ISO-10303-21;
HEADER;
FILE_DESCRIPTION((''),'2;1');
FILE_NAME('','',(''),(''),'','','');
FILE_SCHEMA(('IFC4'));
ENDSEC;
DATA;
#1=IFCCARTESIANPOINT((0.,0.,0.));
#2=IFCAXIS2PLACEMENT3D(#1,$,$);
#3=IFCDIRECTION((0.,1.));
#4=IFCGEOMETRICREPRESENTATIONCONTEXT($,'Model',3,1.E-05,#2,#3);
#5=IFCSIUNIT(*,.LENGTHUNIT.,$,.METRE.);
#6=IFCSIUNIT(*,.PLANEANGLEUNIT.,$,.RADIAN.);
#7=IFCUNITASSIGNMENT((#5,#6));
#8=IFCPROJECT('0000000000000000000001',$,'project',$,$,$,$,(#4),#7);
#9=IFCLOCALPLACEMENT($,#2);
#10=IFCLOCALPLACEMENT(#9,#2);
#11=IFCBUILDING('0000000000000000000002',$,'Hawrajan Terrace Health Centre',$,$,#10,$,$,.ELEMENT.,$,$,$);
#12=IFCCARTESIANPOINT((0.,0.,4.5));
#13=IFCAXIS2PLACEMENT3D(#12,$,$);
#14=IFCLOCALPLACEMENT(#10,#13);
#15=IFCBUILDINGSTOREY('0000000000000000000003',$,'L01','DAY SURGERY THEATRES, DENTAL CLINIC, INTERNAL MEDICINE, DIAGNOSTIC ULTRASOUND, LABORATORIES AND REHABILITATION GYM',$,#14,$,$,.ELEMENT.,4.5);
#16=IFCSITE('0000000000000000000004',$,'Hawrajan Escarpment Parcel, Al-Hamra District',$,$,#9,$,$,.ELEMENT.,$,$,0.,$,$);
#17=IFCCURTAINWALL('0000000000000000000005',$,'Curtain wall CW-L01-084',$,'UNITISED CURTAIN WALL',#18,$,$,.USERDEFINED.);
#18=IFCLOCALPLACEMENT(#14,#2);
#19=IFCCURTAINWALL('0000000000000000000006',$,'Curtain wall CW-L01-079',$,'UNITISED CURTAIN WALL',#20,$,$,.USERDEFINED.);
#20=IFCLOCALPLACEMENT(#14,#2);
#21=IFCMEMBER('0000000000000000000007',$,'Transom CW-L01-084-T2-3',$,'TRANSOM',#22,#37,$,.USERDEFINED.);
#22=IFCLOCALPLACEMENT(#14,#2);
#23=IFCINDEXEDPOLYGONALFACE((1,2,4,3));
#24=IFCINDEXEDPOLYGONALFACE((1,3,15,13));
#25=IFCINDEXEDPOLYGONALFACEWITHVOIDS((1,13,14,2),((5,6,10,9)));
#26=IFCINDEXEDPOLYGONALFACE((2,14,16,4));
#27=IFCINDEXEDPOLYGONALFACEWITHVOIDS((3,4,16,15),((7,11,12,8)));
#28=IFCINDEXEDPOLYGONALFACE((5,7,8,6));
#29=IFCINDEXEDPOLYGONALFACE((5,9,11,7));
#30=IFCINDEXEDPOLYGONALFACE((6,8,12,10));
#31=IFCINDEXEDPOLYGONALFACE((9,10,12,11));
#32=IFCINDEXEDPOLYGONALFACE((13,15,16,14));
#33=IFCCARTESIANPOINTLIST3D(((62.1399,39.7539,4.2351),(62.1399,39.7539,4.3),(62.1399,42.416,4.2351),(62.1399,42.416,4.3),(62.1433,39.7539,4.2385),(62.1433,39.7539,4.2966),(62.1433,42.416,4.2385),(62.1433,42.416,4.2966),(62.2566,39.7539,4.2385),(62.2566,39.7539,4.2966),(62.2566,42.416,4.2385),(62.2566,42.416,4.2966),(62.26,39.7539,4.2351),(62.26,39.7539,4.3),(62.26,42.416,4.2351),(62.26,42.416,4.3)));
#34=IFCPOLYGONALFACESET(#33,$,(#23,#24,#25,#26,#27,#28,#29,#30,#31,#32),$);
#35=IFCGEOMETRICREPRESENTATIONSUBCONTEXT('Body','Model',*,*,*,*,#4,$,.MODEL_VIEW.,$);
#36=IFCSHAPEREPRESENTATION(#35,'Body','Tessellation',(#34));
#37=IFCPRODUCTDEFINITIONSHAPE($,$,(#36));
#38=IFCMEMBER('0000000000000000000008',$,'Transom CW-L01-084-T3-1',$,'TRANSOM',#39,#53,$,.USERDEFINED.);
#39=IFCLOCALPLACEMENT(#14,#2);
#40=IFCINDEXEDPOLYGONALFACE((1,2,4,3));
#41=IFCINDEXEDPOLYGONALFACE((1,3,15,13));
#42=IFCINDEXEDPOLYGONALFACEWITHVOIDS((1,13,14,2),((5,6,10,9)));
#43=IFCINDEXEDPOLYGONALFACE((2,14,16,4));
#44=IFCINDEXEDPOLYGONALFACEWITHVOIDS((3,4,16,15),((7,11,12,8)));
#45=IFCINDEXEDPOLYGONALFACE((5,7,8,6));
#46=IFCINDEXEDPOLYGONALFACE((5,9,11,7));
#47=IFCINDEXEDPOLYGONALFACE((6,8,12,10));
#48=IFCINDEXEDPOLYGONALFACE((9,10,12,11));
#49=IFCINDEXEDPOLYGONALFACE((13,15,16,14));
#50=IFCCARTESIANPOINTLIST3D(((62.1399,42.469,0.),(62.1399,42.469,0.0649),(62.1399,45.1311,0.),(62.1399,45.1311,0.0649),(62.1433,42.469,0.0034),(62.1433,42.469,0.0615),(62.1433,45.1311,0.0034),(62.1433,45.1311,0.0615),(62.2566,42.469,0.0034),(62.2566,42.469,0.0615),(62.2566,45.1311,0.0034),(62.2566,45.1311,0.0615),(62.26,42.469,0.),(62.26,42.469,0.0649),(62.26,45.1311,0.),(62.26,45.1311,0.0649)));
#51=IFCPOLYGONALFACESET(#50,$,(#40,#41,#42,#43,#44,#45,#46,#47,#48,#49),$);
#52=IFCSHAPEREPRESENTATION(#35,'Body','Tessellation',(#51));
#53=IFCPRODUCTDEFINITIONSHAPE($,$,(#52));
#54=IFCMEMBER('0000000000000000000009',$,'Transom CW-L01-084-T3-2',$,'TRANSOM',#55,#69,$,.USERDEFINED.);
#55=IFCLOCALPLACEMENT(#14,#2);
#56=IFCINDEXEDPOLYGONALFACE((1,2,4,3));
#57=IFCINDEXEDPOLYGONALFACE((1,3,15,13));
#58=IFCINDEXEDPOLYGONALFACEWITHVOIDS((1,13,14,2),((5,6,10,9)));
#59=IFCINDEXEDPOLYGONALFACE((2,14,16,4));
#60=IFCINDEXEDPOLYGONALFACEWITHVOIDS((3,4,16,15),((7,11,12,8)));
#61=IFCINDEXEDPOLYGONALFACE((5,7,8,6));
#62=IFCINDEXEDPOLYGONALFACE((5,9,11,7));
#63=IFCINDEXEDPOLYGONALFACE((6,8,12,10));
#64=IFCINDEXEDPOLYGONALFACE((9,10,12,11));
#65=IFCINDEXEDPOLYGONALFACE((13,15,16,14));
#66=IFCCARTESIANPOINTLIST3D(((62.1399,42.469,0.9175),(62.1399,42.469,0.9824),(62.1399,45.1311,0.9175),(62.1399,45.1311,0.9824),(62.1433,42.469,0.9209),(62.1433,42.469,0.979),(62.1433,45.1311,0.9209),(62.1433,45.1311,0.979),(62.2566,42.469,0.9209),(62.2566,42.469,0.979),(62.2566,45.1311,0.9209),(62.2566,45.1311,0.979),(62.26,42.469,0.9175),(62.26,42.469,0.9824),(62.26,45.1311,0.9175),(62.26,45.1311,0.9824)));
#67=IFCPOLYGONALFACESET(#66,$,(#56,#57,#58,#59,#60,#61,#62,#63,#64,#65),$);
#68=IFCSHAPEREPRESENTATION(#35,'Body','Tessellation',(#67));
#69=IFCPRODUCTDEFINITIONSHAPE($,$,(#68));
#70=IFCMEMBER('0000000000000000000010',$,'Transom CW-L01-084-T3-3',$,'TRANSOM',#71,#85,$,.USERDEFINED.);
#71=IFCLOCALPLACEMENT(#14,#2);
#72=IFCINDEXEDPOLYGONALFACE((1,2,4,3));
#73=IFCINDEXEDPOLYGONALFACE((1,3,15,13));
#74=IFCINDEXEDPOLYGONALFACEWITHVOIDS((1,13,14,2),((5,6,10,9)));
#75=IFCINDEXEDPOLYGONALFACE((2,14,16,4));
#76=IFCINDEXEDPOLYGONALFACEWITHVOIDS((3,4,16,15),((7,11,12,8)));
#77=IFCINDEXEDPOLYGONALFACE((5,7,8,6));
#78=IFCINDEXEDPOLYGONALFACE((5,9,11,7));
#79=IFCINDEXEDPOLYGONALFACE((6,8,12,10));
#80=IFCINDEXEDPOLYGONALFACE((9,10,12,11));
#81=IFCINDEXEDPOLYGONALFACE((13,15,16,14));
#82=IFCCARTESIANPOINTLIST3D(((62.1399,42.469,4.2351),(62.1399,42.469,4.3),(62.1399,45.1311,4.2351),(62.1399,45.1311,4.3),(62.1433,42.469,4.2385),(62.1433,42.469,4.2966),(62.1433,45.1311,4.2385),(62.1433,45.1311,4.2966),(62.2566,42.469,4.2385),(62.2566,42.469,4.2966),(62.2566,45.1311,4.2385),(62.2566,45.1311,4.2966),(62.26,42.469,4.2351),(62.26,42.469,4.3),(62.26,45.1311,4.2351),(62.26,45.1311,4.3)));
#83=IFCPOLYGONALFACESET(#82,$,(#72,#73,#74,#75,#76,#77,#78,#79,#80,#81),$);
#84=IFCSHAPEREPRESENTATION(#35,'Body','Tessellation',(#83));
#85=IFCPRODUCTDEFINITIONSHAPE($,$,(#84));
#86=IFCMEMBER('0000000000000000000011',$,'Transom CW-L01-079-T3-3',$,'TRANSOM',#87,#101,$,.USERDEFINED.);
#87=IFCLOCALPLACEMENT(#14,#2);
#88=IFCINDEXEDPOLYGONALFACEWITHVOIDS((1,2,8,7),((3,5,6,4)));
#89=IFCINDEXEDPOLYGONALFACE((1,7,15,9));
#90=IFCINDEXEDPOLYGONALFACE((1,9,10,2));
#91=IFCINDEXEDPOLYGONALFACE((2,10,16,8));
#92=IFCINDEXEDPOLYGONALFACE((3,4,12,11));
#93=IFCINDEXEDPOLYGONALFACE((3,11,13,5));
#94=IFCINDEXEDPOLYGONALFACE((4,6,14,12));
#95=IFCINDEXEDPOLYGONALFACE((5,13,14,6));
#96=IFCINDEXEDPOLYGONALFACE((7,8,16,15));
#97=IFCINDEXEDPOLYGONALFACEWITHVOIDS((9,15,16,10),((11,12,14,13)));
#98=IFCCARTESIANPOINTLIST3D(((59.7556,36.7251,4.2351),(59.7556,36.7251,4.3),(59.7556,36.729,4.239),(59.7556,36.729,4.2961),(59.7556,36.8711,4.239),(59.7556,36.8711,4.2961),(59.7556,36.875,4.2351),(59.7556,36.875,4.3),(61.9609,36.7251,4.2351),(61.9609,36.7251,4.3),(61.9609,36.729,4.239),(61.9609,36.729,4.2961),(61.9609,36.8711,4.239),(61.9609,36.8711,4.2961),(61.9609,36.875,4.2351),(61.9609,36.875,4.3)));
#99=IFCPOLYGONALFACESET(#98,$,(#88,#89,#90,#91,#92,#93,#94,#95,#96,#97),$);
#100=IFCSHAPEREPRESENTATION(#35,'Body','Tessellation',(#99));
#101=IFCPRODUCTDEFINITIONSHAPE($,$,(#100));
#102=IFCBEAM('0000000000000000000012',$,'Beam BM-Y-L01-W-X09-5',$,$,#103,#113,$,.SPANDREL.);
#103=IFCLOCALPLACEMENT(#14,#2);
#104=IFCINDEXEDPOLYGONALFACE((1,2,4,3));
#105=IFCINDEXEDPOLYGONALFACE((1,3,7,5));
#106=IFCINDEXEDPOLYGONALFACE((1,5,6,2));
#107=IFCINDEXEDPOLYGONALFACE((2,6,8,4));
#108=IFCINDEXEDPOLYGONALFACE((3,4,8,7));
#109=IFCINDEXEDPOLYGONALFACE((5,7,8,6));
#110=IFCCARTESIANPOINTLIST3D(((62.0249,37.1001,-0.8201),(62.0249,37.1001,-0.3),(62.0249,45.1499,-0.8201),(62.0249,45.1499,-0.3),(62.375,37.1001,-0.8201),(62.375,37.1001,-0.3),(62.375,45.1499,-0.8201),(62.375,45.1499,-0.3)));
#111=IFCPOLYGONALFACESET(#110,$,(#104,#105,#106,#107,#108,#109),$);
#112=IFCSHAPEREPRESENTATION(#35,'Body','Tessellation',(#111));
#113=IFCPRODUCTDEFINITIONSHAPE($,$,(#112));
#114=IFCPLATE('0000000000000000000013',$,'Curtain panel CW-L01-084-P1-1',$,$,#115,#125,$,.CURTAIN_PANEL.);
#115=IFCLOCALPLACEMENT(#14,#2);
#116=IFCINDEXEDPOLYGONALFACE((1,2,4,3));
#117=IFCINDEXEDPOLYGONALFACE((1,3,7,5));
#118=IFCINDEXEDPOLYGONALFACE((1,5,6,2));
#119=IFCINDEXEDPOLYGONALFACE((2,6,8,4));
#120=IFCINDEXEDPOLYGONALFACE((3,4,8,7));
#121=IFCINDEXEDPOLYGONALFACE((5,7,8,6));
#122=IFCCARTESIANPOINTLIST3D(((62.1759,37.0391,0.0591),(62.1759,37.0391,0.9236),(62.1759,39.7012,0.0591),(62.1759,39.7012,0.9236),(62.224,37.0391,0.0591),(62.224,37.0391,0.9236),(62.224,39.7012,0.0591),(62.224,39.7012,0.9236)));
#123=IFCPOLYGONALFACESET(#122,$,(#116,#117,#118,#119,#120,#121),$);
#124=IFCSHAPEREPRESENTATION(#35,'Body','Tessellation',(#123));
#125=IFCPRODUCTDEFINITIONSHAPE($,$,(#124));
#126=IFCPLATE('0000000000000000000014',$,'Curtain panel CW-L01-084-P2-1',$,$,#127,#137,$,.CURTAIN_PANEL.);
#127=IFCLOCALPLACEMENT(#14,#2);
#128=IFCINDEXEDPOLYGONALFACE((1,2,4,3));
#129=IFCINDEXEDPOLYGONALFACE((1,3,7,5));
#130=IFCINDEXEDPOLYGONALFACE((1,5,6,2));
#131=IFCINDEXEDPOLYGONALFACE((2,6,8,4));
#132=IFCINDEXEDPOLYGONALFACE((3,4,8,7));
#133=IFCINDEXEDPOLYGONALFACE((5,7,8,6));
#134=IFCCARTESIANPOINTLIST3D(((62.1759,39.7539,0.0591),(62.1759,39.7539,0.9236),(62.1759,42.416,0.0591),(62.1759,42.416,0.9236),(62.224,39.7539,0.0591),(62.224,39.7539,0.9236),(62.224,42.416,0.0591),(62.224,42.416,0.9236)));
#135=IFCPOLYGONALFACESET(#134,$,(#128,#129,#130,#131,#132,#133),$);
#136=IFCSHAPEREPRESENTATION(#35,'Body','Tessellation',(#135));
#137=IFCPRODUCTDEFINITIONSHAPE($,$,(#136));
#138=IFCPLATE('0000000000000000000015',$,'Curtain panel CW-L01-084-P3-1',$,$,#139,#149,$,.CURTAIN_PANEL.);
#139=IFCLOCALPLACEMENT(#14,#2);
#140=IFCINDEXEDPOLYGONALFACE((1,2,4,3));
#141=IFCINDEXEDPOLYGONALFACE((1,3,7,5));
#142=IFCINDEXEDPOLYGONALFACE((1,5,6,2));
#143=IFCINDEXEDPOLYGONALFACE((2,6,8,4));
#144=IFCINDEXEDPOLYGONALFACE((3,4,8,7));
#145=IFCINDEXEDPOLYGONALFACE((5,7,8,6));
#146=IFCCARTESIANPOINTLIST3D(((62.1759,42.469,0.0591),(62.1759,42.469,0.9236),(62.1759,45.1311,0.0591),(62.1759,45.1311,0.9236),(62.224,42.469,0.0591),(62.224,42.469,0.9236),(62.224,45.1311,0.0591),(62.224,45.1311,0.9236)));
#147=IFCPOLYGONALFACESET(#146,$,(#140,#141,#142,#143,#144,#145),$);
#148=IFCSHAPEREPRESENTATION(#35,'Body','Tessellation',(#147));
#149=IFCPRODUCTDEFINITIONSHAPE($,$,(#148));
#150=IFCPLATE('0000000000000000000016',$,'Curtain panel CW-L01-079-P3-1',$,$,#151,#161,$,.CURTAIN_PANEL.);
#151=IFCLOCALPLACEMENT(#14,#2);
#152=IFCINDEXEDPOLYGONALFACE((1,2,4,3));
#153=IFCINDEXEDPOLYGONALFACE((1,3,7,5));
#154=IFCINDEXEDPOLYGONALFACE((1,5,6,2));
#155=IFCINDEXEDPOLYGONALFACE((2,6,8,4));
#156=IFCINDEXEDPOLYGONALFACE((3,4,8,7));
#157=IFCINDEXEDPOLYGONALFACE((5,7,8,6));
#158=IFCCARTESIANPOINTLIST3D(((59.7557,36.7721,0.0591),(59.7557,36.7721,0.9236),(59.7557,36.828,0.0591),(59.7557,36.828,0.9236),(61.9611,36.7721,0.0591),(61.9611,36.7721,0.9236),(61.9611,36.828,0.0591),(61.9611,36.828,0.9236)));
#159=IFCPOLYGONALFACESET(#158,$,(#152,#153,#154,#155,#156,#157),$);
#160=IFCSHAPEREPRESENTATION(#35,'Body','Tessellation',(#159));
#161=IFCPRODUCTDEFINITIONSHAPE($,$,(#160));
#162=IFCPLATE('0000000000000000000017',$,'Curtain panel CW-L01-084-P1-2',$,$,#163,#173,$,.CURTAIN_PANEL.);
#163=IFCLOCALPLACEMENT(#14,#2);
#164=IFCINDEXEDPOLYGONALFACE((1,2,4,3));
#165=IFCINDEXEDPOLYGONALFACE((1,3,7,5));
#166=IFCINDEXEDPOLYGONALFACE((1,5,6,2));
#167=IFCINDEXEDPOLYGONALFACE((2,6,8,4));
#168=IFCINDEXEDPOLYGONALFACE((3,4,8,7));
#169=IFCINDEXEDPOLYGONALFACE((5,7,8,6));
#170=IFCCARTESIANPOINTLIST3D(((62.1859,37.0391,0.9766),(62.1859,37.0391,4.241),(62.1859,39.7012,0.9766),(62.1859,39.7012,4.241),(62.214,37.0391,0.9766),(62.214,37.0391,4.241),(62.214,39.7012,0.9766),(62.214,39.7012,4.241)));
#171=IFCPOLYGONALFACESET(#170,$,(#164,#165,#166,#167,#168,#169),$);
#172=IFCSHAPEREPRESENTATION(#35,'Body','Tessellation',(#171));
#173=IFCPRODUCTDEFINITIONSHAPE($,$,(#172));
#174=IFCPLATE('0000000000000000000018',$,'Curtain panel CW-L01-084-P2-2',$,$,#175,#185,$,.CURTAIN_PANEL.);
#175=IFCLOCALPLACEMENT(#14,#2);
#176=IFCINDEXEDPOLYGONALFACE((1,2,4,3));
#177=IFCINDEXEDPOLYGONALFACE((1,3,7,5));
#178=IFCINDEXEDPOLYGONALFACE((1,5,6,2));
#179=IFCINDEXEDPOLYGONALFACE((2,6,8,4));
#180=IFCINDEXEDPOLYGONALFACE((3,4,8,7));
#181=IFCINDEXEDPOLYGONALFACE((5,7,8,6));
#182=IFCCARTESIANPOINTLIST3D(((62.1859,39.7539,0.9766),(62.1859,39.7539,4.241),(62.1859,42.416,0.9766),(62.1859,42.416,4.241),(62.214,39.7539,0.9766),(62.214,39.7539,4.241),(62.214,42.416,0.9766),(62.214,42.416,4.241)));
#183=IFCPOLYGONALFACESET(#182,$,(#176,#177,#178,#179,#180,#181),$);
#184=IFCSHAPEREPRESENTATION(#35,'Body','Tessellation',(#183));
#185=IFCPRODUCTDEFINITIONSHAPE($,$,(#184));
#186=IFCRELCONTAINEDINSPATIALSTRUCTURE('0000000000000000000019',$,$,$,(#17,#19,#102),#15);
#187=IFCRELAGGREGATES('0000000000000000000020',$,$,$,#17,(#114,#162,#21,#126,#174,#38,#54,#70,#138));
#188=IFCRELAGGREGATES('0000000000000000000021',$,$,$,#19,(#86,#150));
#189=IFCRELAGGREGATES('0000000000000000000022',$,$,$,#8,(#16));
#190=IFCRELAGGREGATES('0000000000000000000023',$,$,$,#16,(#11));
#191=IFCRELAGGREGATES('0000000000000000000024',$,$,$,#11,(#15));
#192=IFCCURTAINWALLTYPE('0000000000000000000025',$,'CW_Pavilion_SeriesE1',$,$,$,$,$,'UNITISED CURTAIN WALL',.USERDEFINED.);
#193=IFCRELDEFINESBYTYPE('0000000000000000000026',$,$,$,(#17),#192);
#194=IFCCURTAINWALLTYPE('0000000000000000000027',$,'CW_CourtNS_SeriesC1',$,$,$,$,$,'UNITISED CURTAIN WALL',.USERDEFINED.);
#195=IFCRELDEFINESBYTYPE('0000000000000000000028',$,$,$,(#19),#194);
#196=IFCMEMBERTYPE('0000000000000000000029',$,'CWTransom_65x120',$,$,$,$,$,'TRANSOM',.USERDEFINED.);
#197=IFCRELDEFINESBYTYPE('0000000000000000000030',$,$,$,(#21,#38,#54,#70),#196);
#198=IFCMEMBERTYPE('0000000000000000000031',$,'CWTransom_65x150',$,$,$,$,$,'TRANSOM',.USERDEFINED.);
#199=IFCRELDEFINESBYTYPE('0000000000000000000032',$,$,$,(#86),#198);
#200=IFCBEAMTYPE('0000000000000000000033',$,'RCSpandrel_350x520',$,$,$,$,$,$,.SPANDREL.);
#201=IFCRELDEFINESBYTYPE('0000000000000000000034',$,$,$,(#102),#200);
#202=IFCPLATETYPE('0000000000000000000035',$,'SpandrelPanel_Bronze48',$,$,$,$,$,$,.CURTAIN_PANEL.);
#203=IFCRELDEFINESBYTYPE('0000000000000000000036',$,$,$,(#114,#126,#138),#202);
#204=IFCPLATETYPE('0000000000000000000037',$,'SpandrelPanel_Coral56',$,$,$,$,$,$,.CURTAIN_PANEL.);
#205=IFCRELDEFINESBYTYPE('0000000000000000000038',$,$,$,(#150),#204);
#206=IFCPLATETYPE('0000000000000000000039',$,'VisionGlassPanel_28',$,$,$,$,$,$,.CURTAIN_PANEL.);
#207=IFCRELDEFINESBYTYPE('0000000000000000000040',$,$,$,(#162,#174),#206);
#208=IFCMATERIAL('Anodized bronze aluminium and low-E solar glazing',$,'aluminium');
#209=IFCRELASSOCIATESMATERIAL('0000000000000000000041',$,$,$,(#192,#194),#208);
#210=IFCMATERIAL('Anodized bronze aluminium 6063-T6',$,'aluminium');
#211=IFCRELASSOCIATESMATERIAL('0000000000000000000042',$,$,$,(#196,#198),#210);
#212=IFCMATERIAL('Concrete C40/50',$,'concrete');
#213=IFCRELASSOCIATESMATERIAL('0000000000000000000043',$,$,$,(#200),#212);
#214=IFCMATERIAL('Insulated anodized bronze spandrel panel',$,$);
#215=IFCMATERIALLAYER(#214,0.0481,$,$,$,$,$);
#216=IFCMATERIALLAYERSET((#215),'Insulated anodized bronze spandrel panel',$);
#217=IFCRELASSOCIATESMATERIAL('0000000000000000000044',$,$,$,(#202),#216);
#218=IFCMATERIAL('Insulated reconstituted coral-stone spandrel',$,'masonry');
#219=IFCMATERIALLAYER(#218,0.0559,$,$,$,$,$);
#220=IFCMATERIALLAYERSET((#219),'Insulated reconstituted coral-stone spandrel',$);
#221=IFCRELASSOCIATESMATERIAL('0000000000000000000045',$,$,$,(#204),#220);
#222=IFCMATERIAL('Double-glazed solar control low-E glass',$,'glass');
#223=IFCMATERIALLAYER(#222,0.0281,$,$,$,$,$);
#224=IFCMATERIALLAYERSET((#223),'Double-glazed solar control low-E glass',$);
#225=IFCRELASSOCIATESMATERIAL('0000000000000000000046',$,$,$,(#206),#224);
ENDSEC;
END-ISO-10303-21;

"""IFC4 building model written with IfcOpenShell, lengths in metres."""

from ifc_helpers import new_model, si_unit, direction, frame, origin, origin_2d, place, context, subcontext, project, spatial, rectangle, hollow_rectangle, extrude, material, layer, layer_set, material_profile, profile_set, type_object, element, aggregate, save


model = new_model("IFC4")

# Units and contexts
model_context = context("Model", 3, precision=1e-05, world=origin(), true_north=direction((0.0, 1.0)))
body_context = subcontext(model_context, "Body", "Model", "MODEL_VIEW")
ifc_project = project(units=[si_unit("LENGTHUNIT", "METRE"), si_unit("PLANEANGLEUNIT", "RADIAN")], contexts=[model_context])

# Site, building, storey
site_placement = place(None, origin())
site = spatial("IfcSite", under=ifc_project, at=site_placement, Name="Hawrajan Escarpment Parcel, Al-Hamra District", CompositionType="ELEMENT", RefElevation=0.0)
building_placement = place(site_placement, origin())
building = spatial("IfcBuilding", under=site, at=building_placement, Name="Hawrajan Terrace Health Centre", CompositionType="ELEMENT")
storey_placement = place(building_placement, frame((0.0, 0.0, 4.5)))
storey = spatial("IfcBuildingStorey", under=building, at=storey_placement, Name="L01", Description="DAY SURGERY THEATRES, DENTAL CLINIC, INTERNAL MEDICINE, DIAGNOSTIC ULTRASOUND, LABORATORIES AND REHABILITATION GYM", CompositionType="ELEMENT", Elevation=4.5)

# Curtain wall
ifc_material_1 = material(Name="Anodized bronze aluminium and low-E solar glazing", Category="aluminium")
curtain_wall_type_1 = type_object("IfcCurtainWallType", Name="CW_Pavilion_SeriesE1", ElementType="UNITISED CURTAIN WALL", PredefinedType="USERDEFINED", material=ifc_material_1)
curtain_wall_1_placement = place(storey_placement, origin())
curtain_wall_1 = element("IfcCurtainWall", 1, at=curtain_wall_1_placement, inside=storey, type_object=curtain_wall_type_1, Name="Curtain wall CW-L01-084", ObjectType="UNITISED CURTAIN WALL", PredefinedType="USERDEFINED")
ifc_material_2 = material(Name="Anodized bronze aluminium 6063-T6", Category="aluminium")

# Curtain wall
curtain_wall_type_2 = type_object("IfcCurtainWallType", Name="CW_CourtNS_SeriesC1", ElementType="UNITISED CURTAIN WALL", PredefinedType="USERDEFINED", material=ifc_material_1)
curtain_wall_2_placement = place(storey_placement, origin())
curtain_wall_2 = element("IfcCurtainWall", 2, at=curtain_wall_2_placement, inside=storey, type_object=curtain_wall_type_2, Name="Curtain wall CW-L01-079", ObjectType="UNITISED CURTAIN WALL", PredefinedType="USERDEFINED")

# Members
ifc_material_profile_1 = material_profile(ifc_material_2, hollow_rectangle(XDim=0.0649, YDim=0.1201, WallThickness=0.0034, at=origin_2d()), Name="CW TRN 65x120")
ifc_profile_set_1 = profile_set([ifc_material_profile_1], Name="Anodized bronze aluminium 6063-T6")
member_type_1 = type_object("IfcMemberType", Name="CWTransom_65x120", ElementType="TRANSOM", PredefinedType="USERDEFINED", material=ifc_profile_set_1)
member_1_placement = place(storey_placement, frame((62.2, 39.7539, 4.2676), z_axis=(0.0, 1.0, 0.0), x_axis=(0.0, 0.0, 1.0)))
member_1 = element("IfcMember", 3, at=member_1_placement, type_object=member_type_1, Name="Transom CW-L01-084-T2-3", ObjectType="TRANSOM", PredefinedType="USERDEFINED", context=body_context, shape_type="SweptSolid", body=[
    extrude(hollow_rectangle(XDim=0.0649, YDim=0.1201, WallThickness=0.0034, at=origin_2d()), origin(), (0.0, 0.0, 1.0), 2.6621),
])
member_2_placement = place(storey_placement, frame((62.2, 42.469, 0.0325), z_axis=(0.0, 1.0, 0.0), x_axis=(0.0, 0.0, 1.0)))
member_2 = element("IfcMember", 4, at=member_2_placement, type_object=member_type_1, Name="Transom CW-L01-084-T3-1", ObjectType="TRANSOM", PredefinedType="USERDEFINED", context=body_context, shape_type="SweptSolid", body=[
    extrude(hollow_rectangle(XDim=0.0649, YDim=0.1201, WallThickness=0.0034, at=origin_2d()), origin(), (0.0, 0.0, 1.0), 2.6621),
])
member_3_placement = place(storey_placement, frame((62.2, 42.469, 0.95), z_axis=(0.0, 1.0, 0.0), x_axis=(0.0, 0.0, 1.0)))
member_3 = element("IfcMember", 5, at=member_3_placement, type_object=member_type_1, Name="Transom CW-L01-084-T3-2", ObjectType="TRANSOM", PredefinedType="USERDEFINED", context=body_context, shape_type="SweptSolid", body=[
    extrude(hollow_rectangle(XDim=0.0649, YDim=0.1201, WallThickness=0.0034, at=origin_2d()), origin(), (0.0, 0.0, 1.0), 2.6621),
])
member_4_placement = place(storey_placement, frame((62.2, 42.469, 4.2676), z_axis=(0.0, 1.0, 0.0), x_axis=(0.0, 0.0, 1.0)))
member_4 = element("IfcMember", 6, at=member_4_placement, type_object=member_type_1, Name="Transom CW-L01-084-T3-3", ObjectType="TRANSOM", PredefinedType="USERDEFINED", context=body_context, shape_type="SweptSolid", body=[
    extrude(hollow_rectangle(XDim=0.0649, YDim=0.1201, WallThickness=0.0034, at=origin_2d()), origin(), (0.0, 0.0, 1.0), 2.6621),
])
ifc_material_profile_2 = material_profile(ifc_material_2, hollow_rectangle(XDim=0.0649, YDim=0.1499, WallThickness=0.0039, at=origin_2d()), Name="CW TRN 65x150")
ifc_profile_set_2 = profile_set([ifc_material_profile_2], Name="Anodized bronze aluminium 6063-T6")
member_type_2 = type_object("IfcMemberType", Name="CWTransom_65x150", ElementType="TRANSOM", PredefinedType="USERDEFINED", material=ifc_profile_set_2)
member_5_placement = place(storey_placement, frame((59.7556, 36.8, 4.2676), z_axis=(1.0, 0.0, 0.0), x_axis=(0.0, 0.0, 1.0)))
member_5 = element("IfcMember", 7, at=member_5_placement, type_object=member_type_2, Name="Transom CW-L01-079-T3-3", ObjectType="TRANSOM", PredefinedType="USERDEFINED", context=body_context, shape_type="SweptSolid", body=[
    extrude(hollow_rectangle(XDim=0.0649, YDim=0.1499, WallThickness=0.0039, at=origin_2d()), origin(), (0.0, 0.0, 1.0), 2.2053),
])

# Beam
ifc_material_3 = material(Name="Concrete C40/50", Category="concrete")
ifc_material_profile_3 = material_profile(ifc_material_3, rectangle(XDim=0.3501, YDim=0.52, at=origin_2d()), Name="RC SP 350x520")
ifc_profile_set_3 = profile_set([ifc_material_profile_3], Name="Concrete C40/50")
beam_type = type_object("IfcBeamType", Name="RCSpandrel_350x520", PredefinedType="SPANDREL", material=ifc_profile_set_3)
beam_placement = place(storey_placement, frame((62.2, 37.1001, -0.5601), z_axis=(0.0, 1.0, 0.0), x_axis=(-1.0, 0.0, 0.0)))
element("IfcBeam", 8, at=beam_placement, inside=storey, type_object=beam_type, Name="Beam BM-Y-L01-W-X09-5", PredefinedType="SPANDREL", context=body_context, shape_type="SweptSolid", body=[
    extrude(rectangle(XDim=0.3501, YDim=0.52, at=origin_2d()), origin(), (0.0, 0.0, 1.0), 8.0498),
])

# Plates
ifc_material_4 = material(Name="Insulated anodized bronze spandrel panel")
ifc_layer_1 = layer(ifc_material_4, 0.0481)
ifc_layer_set_1 = layer_set([ifc_layer_1], Name="Insulated anodized bronze spandrel panel")
plate_type_1 = type_object("IfcPlateType", Name="SpandrelPanel_Bronze48", PredefinedType="CURTAIN_PANEL", material=ifc_layer_set_1)
plate_1_placement = place(storey_placement, frame((62.2, 38.3701, 0.0591), z_axis=(0.0, 0.0, 1.0), x_axis=(0.0, 1.0, 0.0)))
plate_1 = element("IfcPlate", 9, at=plate_1_placement, type_object=plate_type_1, Name="Curtain panel CW-L01-084-P1-1", PredefinedType="CURTAIN_PANEL", context=body_context, shape_type="SweptSolid", body=[
    extrude(rectangle(XDim=2.6621, YDim=0.0481, at=origin_2d()), origin(), (0.0, 0.0, 1.0), 0.8645),
])
plate_2_placement = place(storey_placement, frame((62.2, 41.085, 0.0591), z_axis=(0.0, 0.0, 1.0), x_axis=(0.0, 1.0, 0.0)))
plate_2 = element("IfcPlate", 10, at=plate_2_placement, type_object=plate_type_1, Name="Curtain panel CW-L01-084-P2-1", PredefinedType="CURTAIN_PANEL", context=body_context, shape_type="SweptSolid", body=[
    extrude(rectangle(XDim=2.6621, YDim=0.0481, at=origin_2d()), origin(), (0.0, 0.0, 1.0), 0.8645),
])
plate_3_placement = place(storey_placement, frame((62.2, 43.8, 0.0591), z_axis=(0.0, 0.0, 1.0), x_axis=(0.0, 1.0, 0.0)))
plate_3 = element("IfcPlate", 11, at=plate_3_placement, type_object=plate_type_1, Name="Curtain panel CW-L01-084-P3-1", PredefinedType="CURTAIN_PANEL", context=body_context, shape_type="SweptSolid", body=[
    extrude(rectangle(XDim=2.6621, YDim=0.0481, at=origin_2d()), origin(), (0.0, 0.0, 1.0), 0.8645),
])
ifc_material_5 = material(Name="Insulated reconstituted coral-stone spandrel", Category="masonry")
ifc_layer_2 = layer(ifc_material_5, 0.0559)
ifc_layer_set_2 = layer_set([ifc_layer_2], Name="Insulated reconstituted coral-stone spandrel")
plate_type_2 = type_object("IfcPlateType", Name="SpandrelPanel_Coral56", PredefinedType="CURTAIN_PANEL", material=ifc_layer_set_2)
plate_4_placement = place(storey_placement, frame((60.8584, 36.8, 0.0591), z_axis=(0.0, 0.0, 1.0), x_axis=(1.0, 0.0, 0.0)))
plate_4 = element("IfcPlate", 12, at=plate_4_placement, type_object=plate_type_2, Name="Curtain panel CW-L01-079-P3-1", PredefinedType="CURTAIN_PANEL", context=body_context, shape_type="SweptSolid", body=[
    extrude(rectangle(XDim=2.2053, YDim=0.0559, at=origin_2d()), origin(), (0.0, 0.0, 1.0), 0.8645),
])
ifc_material_6 = material(Name="Double-glazed solar control low-E glass", Category="glass")
ifc_layer_3 = layer(ifc_material_6, 0.0281)
ifc_layer_set_3 = layer_set([ifc_layer_3], Name="Double-glazed solar control low-E glass")
plate_type_3 = type_object("IfcPlateType", Name="VisionGlassPanel_28", PredefinedType="CURTAIN_PANEL", material=ifc_layer_set_3)
plate_5_placement = place(storey_placement, frame((62.2, 38.3701, 0.9766), z_axis=(0.0, 0.0, 1.0), x_axis=(0.0, 1.0, 0.0)))
plate_5 = element("IfcPlate", 13, at=plate_5_placement, type_object=plate_type_3, Name="Curtain panel CW-L01-084-P1-2", PredefinedType="CURTAIN_PANEL", context=body_context, shape_type="SweptSolid", body=[
    extrude(rectangle(XDim=2.6621, YDim=0.0281, at=origin_2d()), origin(), (0.0, 0.0, 1.0), 3.2644),
])
plate_6_placement = place(storey_placement, frame((62.2, 41.085, 0.9766), z_axis=(0.0, 0.0, 1.0), x_axis=(0.0, 1.0, 0.0)))
plate_6 = element("IfcPlate", 14, at=plate_6_placement, type_object=plate_type_3, Name="Curtain panel CW-L01-084-P2-2", PredefinedType="CURTAIN_PANEL", context=body_context, shape_type="SweptSolid", body=[
    extrude(rectangle(XDim=2.6621, YDim=0.0281, at=origin_2d()), origin(), (0.0, 0.0, 1.0), 3.2644),
])
aggregate(curtain_wall_1, [plate_1, plate_5, member_1, plate_2, plate_6, member_2, member_3, member_4, plate_3])
aggregate(curtain_wall_2, [member_5, plate_4])

save(model, "model.ifc")
